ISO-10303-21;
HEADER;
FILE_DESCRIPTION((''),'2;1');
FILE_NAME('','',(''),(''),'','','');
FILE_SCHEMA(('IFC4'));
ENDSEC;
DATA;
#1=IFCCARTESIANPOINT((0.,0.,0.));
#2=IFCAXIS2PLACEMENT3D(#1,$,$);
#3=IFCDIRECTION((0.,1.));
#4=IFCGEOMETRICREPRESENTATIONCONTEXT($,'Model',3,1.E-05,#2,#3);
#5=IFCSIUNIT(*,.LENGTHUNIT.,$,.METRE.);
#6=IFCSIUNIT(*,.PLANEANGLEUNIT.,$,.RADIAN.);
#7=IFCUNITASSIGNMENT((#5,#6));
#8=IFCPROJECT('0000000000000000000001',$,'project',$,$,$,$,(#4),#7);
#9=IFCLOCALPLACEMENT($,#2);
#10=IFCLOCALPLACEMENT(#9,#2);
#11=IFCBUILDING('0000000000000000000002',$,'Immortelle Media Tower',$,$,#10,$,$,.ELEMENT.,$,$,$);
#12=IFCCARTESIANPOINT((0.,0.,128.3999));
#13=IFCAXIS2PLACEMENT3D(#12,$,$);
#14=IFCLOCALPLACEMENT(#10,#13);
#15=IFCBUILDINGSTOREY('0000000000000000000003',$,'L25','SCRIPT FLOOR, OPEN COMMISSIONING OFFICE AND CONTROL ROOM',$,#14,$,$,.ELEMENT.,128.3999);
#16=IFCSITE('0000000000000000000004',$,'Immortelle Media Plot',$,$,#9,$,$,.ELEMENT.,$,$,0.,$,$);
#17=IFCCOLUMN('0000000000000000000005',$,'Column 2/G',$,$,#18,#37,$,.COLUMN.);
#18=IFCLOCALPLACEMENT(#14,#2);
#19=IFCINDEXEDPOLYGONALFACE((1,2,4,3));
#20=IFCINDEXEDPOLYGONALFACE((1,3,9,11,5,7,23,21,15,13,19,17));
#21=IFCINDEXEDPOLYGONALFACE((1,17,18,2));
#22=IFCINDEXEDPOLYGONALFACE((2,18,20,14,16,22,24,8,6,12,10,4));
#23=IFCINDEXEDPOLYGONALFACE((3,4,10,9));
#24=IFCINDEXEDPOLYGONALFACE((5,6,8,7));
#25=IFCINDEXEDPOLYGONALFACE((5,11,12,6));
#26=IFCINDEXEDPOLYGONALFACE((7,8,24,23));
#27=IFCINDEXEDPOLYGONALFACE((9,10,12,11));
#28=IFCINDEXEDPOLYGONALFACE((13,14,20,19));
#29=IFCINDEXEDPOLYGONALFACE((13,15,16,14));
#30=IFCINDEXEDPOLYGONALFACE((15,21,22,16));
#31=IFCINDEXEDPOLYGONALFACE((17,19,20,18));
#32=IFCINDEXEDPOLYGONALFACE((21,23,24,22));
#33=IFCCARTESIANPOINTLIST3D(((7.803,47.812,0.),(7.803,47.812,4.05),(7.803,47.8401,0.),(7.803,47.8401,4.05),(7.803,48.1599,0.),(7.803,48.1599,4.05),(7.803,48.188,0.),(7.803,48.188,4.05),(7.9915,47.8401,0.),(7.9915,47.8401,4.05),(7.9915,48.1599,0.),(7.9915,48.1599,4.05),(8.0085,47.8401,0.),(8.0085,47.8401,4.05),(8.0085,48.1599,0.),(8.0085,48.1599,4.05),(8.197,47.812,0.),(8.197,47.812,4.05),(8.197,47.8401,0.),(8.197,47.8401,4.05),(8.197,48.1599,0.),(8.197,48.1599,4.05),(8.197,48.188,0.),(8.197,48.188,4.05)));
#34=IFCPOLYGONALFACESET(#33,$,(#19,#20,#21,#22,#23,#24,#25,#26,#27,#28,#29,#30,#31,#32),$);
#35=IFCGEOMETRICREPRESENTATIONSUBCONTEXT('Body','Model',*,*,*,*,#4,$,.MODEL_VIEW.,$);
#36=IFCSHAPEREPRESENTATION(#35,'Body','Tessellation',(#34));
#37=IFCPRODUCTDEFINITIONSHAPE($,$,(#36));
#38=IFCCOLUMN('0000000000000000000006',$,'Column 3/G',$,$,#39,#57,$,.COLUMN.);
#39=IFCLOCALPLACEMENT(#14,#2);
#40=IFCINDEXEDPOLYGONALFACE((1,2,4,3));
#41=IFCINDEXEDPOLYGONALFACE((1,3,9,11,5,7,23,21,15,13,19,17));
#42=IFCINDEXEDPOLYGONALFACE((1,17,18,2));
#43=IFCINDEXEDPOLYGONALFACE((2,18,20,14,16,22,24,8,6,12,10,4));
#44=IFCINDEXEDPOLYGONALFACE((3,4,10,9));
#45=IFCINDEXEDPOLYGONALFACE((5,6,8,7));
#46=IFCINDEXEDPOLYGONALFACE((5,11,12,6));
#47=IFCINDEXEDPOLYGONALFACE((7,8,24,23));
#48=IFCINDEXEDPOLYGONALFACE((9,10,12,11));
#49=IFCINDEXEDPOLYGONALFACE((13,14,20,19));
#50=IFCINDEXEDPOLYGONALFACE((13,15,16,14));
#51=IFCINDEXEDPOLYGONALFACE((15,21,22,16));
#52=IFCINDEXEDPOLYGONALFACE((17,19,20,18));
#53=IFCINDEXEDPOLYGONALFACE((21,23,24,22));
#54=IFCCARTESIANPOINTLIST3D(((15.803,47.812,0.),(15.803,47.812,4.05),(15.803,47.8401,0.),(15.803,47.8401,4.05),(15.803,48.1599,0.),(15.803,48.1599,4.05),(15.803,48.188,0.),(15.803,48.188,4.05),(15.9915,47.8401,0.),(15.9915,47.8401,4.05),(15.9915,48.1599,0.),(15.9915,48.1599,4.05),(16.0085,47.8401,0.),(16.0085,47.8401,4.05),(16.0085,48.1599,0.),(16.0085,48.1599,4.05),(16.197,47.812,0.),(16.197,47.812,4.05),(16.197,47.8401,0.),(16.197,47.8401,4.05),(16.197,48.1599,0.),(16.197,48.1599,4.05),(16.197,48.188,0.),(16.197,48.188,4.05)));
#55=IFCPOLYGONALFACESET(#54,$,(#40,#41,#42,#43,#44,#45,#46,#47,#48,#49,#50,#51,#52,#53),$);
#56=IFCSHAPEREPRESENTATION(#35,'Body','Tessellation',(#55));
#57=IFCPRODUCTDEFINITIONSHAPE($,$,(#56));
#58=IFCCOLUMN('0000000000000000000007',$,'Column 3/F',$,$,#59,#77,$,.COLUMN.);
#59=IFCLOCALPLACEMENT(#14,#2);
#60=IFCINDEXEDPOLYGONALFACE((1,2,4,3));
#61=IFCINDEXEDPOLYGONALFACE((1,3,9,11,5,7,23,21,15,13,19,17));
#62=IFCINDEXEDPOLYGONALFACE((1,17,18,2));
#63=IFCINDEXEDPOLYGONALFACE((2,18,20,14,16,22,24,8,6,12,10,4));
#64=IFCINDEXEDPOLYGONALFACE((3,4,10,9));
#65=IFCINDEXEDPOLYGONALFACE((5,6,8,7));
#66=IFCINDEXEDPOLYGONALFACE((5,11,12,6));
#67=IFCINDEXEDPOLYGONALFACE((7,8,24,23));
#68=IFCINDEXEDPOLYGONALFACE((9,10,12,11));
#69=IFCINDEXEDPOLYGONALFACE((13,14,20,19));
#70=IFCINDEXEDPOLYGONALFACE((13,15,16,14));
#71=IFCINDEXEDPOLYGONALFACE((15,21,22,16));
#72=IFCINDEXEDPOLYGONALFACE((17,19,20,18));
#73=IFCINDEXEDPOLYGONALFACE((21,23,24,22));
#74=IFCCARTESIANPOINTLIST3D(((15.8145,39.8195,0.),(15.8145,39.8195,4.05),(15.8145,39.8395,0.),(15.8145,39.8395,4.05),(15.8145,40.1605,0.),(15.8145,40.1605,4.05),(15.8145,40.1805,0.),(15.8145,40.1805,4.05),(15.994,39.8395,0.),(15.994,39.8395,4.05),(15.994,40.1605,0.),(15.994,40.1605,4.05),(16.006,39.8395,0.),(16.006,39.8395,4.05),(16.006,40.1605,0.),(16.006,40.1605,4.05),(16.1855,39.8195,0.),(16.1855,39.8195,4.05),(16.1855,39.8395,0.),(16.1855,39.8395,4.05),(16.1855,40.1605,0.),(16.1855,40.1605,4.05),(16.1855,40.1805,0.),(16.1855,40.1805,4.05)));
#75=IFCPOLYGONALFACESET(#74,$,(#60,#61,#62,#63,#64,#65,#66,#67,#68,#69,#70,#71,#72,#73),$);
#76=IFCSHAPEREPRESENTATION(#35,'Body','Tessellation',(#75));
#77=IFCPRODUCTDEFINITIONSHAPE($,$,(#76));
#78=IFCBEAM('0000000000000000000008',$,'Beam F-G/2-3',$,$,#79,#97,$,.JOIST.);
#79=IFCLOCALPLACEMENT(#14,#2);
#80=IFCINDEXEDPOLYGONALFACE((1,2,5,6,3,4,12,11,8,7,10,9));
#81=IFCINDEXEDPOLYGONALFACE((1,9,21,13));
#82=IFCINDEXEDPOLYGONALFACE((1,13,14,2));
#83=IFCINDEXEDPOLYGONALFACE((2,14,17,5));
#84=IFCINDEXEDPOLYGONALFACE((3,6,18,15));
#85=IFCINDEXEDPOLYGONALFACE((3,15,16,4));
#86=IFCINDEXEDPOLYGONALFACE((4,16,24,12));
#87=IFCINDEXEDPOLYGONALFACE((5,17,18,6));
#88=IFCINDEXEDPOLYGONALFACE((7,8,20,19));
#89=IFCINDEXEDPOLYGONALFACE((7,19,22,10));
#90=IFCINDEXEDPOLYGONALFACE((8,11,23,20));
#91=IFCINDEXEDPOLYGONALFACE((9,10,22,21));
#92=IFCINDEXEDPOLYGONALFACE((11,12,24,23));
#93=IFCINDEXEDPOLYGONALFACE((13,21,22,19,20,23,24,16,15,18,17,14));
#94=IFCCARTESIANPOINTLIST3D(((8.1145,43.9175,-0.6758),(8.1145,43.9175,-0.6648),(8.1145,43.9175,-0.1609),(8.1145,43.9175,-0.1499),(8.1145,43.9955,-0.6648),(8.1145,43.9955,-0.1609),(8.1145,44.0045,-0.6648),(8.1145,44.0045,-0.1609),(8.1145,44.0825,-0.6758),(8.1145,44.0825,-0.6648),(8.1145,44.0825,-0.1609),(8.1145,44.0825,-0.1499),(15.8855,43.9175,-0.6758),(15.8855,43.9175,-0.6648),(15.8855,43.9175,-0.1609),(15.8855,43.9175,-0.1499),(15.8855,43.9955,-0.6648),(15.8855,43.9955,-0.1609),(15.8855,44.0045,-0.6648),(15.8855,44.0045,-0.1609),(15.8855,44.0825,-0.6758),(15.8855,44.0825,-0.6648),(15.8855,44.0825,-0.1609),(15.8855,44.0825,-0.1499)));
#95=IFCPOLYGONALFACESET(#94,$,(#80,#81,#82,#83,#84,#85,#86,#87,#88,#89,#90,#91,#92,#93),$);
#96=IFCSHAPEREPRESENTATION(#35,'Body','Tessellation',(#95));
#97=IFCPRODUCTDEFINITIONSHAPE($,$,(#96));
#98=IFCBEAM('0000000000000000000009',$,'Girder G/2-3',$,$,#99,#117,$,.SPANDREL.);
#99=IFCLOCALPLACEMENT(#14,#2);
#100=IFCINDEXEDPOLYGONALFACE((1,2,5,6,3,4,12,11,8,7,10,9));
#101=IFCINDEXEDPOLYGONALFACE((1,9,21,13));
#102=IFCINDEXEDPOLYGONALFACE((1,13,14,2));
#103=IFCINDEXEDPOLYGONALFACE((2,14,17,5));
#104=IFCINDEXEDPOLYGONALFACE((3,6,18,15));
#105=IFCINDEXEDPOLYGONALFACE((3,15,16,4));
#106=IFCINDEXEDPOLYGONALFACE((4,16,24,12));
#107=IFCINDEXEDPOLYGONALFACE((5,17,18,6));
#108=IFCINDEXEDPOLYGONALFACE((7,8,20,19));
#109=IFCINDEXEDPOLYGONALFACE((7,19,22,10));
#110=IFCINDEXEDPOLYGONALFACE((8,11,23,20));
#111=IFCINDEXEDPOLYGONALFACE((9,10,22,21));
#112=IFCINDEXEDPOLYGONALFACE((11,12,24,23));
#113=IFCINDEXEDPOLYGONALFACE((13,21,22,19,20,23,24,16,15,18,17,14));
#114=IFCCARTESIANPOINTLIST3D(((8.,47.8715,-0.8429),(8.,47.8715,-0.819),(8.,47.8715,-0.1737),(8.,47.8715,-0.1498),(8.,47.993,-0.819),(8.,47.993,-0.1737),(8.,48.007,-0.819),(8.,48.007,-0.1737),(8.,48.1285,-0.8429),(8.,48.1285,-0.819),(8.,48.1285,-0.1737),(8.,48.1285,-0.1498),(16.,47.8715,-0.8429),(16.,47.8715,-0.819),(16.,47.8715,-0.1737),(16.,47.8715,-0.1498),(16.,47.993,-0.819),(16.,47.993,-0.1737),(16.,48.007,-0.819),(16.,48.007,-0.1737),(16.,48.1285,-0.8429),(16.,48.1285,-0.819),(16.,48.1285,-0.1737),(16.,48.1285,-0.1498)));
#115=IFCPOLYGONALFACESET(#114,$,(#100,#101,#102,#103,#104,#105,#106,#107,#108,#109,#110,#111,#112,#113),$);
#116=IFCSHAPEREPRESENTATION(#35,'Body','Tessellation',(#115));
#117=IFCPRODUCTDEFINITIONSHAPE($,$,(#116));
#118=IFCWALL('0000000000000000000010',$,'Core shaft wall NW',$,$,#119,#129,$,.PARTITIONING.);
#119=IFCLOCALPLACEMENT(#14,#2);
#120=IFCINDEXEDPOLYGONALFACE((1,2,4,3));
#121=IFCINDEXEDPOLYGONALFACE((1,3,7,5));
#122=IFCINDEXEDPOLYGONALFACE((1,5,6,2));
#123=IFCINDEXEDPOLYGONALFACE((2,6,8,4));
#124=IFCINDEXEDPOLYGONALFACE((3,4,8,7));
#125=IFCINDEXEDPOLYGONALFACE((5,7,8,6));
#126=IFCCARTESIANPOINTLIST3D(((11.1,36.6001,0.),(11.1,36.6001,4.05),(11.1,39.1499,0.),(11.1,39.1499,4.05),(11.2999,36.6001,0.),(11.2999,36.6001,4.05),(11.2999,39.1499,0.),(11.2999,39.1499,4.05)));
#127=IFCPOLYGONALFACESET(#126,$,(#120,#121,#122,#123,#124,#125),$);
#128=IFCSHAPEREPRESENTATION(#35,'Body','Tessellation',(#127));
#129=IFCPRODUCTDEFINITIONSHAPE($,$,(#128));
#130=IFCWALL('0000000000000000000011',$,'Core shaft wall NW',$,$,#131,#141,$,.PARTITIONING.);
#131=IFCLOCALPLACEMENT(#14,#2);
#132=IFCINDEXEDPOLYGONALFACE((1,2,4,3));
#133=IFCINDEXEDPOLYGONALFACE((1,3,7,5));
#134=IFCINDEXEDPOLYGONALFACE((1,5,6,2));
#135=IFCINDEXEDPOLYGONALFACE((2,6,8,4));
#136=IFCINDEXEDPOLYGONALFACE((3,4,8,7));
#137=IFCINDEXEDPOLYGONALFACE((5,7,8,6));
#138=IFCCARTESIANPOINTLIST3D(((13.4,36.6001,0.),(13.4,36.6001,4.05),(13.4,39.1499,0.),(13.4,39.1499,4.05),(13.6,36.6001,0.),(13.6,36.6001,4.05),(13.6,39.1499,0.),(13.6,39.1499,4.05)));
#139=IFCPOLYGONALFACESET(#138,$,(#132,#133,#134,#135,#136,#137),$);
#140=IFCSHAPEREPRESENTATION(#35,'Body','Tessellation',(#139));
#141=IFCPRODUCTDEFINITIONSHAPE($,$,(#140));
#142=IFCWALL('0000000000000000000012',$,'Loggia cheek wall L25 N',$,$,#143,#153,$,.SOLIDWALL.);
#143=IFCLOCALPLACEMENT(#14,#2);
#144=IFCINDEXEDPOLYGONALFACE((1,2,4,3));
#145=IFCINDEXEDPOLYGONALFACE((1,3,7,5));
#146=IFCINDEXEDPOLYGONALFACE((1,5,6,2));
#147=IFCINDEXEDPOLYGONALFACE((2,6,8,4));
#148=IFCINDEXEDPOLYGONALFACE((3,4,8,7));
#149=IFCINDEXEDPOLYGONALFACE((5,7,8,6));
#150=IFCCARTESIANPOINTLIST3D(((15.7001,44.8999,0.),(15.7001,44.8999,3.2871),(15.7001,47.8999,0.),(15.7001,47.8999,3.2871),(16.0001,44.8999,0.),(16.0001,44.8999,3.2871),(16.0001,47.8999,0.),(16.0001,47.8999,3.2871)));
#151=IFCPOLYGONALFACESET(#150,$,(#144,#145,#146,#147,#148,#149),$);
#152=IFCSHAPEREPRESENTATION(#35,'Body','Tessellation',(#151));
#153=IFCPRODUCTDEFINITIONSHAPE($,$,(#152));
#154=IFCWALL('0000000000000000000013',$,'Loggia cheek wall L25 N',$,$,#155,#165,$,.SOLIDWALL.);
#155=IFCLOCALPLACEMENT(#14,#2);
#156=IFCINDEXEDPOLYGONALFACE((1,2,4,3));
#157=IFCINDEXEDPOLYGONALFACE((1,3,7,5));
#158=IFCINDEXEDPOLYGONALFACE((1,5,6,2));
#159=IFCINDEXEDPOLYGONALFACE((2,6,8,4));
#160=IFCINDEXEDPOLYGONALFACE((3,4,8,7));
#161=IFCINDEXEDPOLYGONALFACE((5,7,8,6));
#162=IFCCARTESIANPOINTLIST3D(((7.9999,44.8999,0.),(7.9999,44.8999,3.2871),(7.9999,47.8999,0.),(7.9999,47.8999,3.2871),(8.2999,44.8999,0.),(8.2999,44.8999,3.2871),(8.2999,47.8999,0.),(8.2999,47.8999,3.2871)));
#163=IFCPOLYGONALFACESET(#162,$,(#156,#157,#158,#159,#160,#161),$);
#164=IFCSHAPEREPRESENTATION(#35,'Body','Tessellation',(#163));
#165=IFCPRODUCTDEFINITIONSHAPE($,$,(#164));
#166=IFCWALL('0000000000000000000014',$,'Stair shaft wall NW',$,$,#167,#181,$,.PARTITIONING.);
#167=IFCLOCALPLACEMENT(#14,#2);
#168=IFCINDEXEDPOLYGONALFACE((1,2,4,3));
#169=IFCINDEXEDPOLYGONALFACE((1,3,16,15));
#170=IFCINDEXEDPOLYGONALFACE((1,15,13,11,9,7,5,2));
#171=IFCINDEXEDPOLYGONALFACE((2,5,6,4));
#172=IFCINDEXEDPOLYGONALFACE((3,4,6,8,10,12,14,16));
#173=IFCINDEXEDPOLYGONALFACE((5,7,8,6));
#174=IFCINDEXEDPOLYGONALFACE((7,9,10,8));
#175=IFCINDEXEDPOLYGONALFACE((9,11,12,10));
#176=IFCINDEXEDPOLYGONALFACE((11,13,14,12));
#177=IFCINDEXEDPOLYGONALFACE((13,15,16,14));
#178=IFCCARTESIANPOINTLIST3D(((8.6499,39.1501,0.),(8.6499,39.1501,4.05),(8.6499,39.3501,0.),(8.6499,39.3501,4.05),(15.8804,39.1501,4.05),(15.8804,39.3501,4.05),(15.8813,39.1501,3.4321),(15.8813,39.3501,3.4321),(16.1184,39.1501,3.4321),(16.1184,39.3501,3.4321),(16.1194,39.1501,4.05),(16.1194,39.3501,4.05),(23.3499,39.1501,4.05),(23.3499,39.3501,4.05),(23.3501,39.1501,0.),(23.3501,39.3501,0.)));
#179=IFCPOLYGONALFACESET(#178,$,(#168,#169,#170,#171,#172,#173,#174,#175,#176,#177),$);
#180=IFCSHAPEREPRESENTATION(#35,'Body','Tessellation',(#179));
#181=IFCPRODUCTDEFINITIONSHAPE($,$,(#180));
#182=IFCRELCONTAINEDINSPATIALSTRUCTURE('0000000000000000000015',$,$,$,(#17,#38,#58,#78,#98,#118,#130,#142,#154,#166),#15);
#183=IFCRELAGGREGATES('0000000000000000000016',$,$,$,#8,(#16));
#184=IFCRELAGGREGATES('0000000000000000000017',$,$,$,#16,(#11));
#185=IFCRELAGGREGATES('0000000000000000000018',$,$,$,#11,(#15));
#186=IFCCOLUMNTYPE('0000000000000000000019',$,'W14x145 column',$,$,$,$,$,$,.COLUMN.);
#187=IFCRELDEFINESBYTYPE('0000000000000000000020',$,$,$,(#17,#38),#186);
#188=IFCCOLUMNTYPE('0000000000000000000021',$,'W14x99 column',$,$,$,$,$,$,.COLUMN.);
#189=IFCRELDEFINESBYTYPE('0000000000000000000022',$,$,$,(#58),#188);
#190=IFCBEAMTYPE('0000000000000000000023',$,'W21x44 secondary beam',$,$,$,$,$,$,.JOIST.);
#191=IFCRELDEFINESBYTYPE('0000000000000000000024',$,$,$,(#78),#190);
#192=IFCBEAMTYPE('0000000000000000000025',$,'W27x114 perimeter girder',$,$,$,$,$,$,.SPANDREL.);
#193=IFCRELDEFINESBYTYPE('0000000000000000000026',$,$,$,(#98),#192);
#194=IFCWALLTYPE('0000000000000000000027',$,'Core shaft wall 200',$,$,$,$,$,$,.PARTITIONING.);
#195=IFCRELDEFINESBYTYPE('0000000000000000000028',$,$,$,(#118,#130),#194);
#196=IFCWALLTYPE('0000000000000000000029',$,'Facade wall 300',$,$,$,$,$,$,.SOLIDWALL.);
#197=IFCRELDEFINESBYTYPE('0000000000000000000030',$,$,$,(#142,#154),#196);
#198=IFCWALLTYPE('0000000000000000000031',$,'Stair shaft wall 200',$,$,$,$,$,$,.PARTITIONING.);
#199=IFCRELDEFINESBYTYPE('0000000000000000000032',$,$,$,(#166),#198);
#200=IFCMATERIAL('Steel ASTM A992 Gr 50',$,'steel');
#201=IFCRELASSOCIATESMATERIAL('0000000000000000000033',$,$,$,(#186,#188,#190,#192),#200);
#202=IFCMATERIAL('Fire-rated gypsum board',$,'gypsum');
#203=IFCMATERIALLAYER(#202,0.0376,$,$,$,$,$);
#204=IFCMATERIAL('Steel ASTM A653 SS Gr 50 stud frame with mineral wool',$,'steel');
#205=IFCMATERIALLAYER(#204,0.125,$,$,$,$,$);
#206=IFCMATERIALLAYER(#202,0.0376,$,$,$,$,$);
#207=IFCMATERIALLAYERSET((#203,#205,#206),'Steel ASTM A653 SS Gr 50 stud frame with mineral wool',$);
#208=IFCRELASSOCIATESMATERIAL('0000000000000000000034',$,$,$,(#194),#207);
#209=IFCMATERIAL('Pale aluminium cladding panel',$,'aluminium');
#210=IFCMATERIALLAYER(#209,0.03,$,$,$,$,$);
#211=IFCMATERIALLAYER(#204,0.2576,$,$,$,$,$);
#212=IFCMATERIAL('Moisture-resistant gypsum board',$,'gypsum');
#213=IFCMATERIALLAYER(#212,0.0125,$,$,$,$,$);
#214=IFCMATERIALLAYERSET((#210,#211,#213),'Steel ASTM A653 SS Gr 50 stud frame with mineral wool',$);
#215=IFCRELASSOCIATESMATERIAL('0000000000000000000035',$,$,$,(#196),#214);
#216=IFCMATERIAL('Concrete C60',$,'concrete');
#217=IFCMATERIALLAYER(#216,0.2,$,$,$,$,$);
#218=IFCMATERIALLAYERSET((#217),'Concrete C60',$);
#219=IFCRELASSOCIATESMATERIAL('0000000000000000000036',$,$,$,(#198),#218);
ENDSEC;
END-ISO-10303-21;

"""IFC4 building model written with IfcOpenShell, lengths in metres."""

from ifc_helpers import new_model, si_unit, direction, frame, frame_2d, origin, origin_2d, place, context, subcontext, project, spatial, polyline, rectangle, i_section, outline, extrude, material, layer, layer_set, material_profile, profile_set, type_object, element, save


model = new_model("IFC4")

# Units and contexts
model_context = context("Model", 3, precision=1e-05, world=origin(), true_north=direction((0.0, 1.0)))
body_context = subcontext(model_context, "Body", "Model", "MODEL_VIEW")
ifc_project = project(units=[si_unit("LENGTHUNIT", "METRE"), si_unit("PLANEANGLEUNIT", "RADIAN")], contexts=[model_context])

# Site, building, storey
site_placement = place(None, origin())
site = spatial("IfcSite", under=ifc_project, at=site_placement, Name="Immortelle Media Plot", CompositionType="ELEMENT", RefElevation=0.0)
building_placement = place(site_placement, origin())
building = spatial("IfcBuilding", under=site, at=building_placement, Name="Immortelle Media Tower", CompositionType="ELEMENT")
storey_placement = place(building_placement, frame((0.0, 0.0, 128.3999)))
storey = spatial("IfcBuildingStorey", under=building, at=storey_placement, Name="L25", Description="SCRIPT FLOOR, OPEN COMMISSIONING OFFICE AND CONTROL ROOM", CompositionType="ELEMENT", Elevation=128.3999)

# Columns
ifc_material_1 = material(Name="Steel ASTM A992 Gr 50", Category="steel")
ifc_material_profile_1 = material_profile(ifc_material_1, i_section(OverallWidth=0.394, OverallDepth=0.376, WebThickness=0.0171, FlangeThickness=0.0281, at=origin_2d()), Name="W14x145")
ifc_profile_set_1 = profile_set([ifc_material_profile_1], Name="Steel ASTM A992 Gr 50")
column_type_1 = type_object("IfcColumnType", Name="W14x145 column", PredefinedType="COLUMN", material=ifc_profile_set_1)
for number, where, z_axis, x_axis, name in (
    (1, (8.0, 48.0, 0.0), (0.0, 0.0, 1.0), (1.0, 0.0, 0.0), "Column 2/G"),
    (2, (16.0, 48.0, 0.0), (0.0, 0.0, 1.0), (1.0, 0.0, 0.0), "Column 3/G"),
):
    element("IfcColumn", number, at=place(storey_placement, frame(where, z_axis=z_axis, x_axis=x_axis)), inside=storey, type_object=column_type_1, Name=name, PredefinedType="COLUMN", context=body_context, shape_type="SweptSolid", body=[
        extrude(i_section(OverallWidth=0.394, OverallDepth=0.376, WebThickness=0.0171, FlangeThickness=0.0281, at=origin_2d()), origin(), (0.0, 0.0, 1.0), 4.05),
    ])
ifc_material_profile_2 = material_profile(ifc_material_1, i_section(OverallWidth=0.3711, OverallDepth=0.3611, WebThickness=0.012, FlangeThickness=0.02, at=origin_2d()), Name="W14x99")
ifc_profile_set_2 = profile_set([ifc_material_profile_2], Name="Steel ASTM A992 Gr 50")
column_type_2 = type_object("IfcColumnType", Name="W14x99 column", PredefinedType="COLUMN", material=ifc_profile_set_2)
column_placement = place(storey_placement, frame((16.0, 40.0, 0.0), z_axis=(0.0, 0.0, 1.0), x_axis=(1.0, 0.0, 0.0)))
element("IfcColumn", 3, at=column_placement, inside=storey, type_object=column_type_2, Name="Column 3/F", PredefinedType="COLUMN", context=body_context, shape_type="SweptSolid", body=[
    extrude(i_section(OverallWidth=0.3711, OverallDepth=0.3611, WebThickness=0.012, FlangeThickness=0.02, at=origin_2d()), origin(), (0.0, 0.0, 1.0), 4.05),
])

# Beams
ifc_material_profile_3 = material_profile(ifc_material_1, i_section(OverallWidth=0.165, OverallDepth=0.5259, WebThickness=0.009, FlangeThickness=0.011, at=origin_2d()), Name="W21x44")
ifc_profile_set_3 = profile_set([ifc_material_profile_3], Name="Steel ASTM A992 Gr 50")
beam_type_1 = type_object("IfcBeamType", Name="W21x44 secondary beam", PredefinedType="JOIST", material=ifc_profile_set_3)
beam_1_placement = place(storey_placement, frame((8.1145, 44.0, -0.4128), z_axis=(1.0, 0.0, 0.0), x_axis=(0.0, 1.0, 0.0)))
element("IfcBeam", 4, at=beam_1_placement, inside=storey, type_object=beam_type_1, Name="Beam F-G/2-3", PredefinedType="JOIST", context=body_context, shape_type="SweptSolid", body=[
    extrude(i_section(OverallWidth=0.165, OverallDepth=0.5259, WebThickness=0.009, FlangeThickness=0.011, at=origin_2d()), origin(), (0.0, 0.0, 1.0), 7.771),
])
ifc_material_profile_4 = material_profile(ifc_material_1, i_section(OverallWidth=0.2571, OverallDepth=0.6931, WebThickness=0.0139, FlangeThickness=0.0239, at=origin_2d()), Name="W27x114")
ifc_profile_set_4 = profile_set([ifc_material_profile_4], Name="Steel ASTM A992 Gr 50")
beam_type_2 = type_object("IfcBeamType", Name="W27x114 perimeter girder", PredefinedType="SPANDREL", material=ifc_profile_set_4)
beam_2_placement = place(storey_placement, frame((8.0, 48.0, -0.4963), z_axis=(1.0, 0.0, 0.0), x_axis=(0.0, 1.0, 0.0)))
element("IfcBeam", 5, at=beam_2_placement, inside=storey, type_object=beam_type_2, Name="Girder G/2-3", PredefinedType="SPANDREL", context=body_context, shape_type="SweptSolid", body=[
    extrude(i_section(OverallWidth=0.2571, OverallDepth=0.6931, WebThickness=0.0139, FlangeThickness=0.0239, at=origin_2d()), origin(), (0.0, 0.0, 1.0), 8.0),
])

# Walls
ifc_material_2 = material(Name="Fire-rated gypsum board", Category="gypsum")
ifc_layer_1 = layer(ifc_material_2, 0.0376)
ifc_material_3 = material(Name="Steel ASTM A653 SS Gr 50 stud frame with mineral wool", Category="steel")
ifc_layer_2 = layer(ifc_material_3, 0.125)
ifc_layer_3 = layer(ifc_material_2, 0.0376)
ifc_layer_set_1 = layer_set([ifc_layer_1, ifc_layer_2, ifc_layer_3], Name="Steel ASTM A653 SS Gr 50 stud frame with mineral wool")
wall_type_1 = type_object("IfcWallType", Name="Core shaft wall 200", PredefinedType="PARTITIONING", material=ifc_layer_set_1)
for number, where, z_axis, x_axis, name in (
    (6, (11.2, 36.6001, 0.0), (0.0, 0.0, 1.0), (0.0, 1.0, 0.0), "Core shaft wall NW"),
    (7, (13.5, 36.6001, 0.0), (0.0, 0.0, 1.0), (0.0, 1.0, 0.0), "Core shaft wall NW"),
):
    element("IfcWall", number, at=place(storey_placement, frame(where, z_axis=z_axis, x_axis=x_axis)), inside=storey, type_object=wall_type_1, Name=name, PredefinedType="PARTITIONING", context=body_context, shape_type="SweptSolid", body=[
        extrude(rectangle(XDim=2.5498, YDim=0.2, at=frame_2d((1.2749, 0.0))), origin(), (0.0, 0.0, 1.0), 4.05),
    ])

# Shared definitions
ifc_material_4 = material(Name="Pale aluminium cladding panel", Category="aluminium")
ifc_layer_4 = layer(ifc_material_4, 0.03)
ifc_layer_5 = layer(ifc_material_3, 0.2576)
ifc_material_5 = material(Name="Moisture-resistant gypsum board", Category="gypsum")
ifc_layer_6 = layer(ifc_material_5, 0.0125)
ifc_layer_set_2 = layer_set([ifc_layer_4, ifc_layer_5, ifc_layer_6], Name="Steel ASTM A653 SS Gr 50 stud frame with mineral wool")
wall_type_2 = type_object("IfcWallType", Name="Facade wall 300", PredefinedType="SOLIDWALL", material=ifc_layer_set_2)

# Walls
for number, where, z_axis, x_axis, name in (
    (8, (15.8501, 47.8999, 0.0), (0.0, 0.0, 1.0), (0.0, -1.0, 0.0), "Loggia cheek wall L25 N"),
    (9, (8.1499, 47.8999, 0.0), (0.0, 0.0, 1.0), (0.0, -1.0, 0.0), "Loggia cheek wall L25 N"),
):
    element("IfcWall", number, at=place(storey_placement, frame(where, z_axis=z_axis, x_axis=x_axis)), inside=storey, type_object=wall_type_2, Name=name, PredefinedType="SOLIDWALL", context=body_context, shape_type="SweptSolid", body=[
        extrude(rectangle(XDim=3.0, YDim=0.3, at=frame_2d((1.5, 0.0))), origin(), (0.0, 0.0, 1.0), 3.2871),
    ])
ifc_material_6 = material(Name="Concrete C60", Category="concrete")
ifc_layer_7 = layer(ifc_material_6, 0.2)
ifc_layer_set_3 = layer_set([ifc_layer_7], Name="Concrete C60")
wall_type_3 = type_object("IfcWallType", Name="Stair shaft wall 200", PredefinedType="PARTITIONING", material=ifc_layer_set_3)
wall_1_placement = place(storey_placement, frame((8.6499, 39.25, 0.0), z_axis=(0.0, 0.0, 1.0), x_axis=(1.0, 0.0, 0.0)))
element("IfcWall", 10, at=wall_1_placement, inside=storey, type_object=wall_type_3, Name="Stair shaft wall NW", PredefinedType="PARTITIONING", context=body_context, shape_type="SweptSolid", body=[
    extrude(outline(polyline([(0.0, 0.0), (14.7002, 0.0), (14.7, 4.05), (7.4695, 4.05), (7.4685, 3.4321), (7.2314, 3.4321), (7.2305, 4.05), (0.0, 4.05), (0.0, 0.0)])), frame((0.0, 0.1001, 0.0), z_axis=(0.0, -1.0, 0.0), x_axis=(1.0, 0.0, 0.0)), (0.0, 0.0, 1.0), 0.2),
])

save(model, "model.ifc")
